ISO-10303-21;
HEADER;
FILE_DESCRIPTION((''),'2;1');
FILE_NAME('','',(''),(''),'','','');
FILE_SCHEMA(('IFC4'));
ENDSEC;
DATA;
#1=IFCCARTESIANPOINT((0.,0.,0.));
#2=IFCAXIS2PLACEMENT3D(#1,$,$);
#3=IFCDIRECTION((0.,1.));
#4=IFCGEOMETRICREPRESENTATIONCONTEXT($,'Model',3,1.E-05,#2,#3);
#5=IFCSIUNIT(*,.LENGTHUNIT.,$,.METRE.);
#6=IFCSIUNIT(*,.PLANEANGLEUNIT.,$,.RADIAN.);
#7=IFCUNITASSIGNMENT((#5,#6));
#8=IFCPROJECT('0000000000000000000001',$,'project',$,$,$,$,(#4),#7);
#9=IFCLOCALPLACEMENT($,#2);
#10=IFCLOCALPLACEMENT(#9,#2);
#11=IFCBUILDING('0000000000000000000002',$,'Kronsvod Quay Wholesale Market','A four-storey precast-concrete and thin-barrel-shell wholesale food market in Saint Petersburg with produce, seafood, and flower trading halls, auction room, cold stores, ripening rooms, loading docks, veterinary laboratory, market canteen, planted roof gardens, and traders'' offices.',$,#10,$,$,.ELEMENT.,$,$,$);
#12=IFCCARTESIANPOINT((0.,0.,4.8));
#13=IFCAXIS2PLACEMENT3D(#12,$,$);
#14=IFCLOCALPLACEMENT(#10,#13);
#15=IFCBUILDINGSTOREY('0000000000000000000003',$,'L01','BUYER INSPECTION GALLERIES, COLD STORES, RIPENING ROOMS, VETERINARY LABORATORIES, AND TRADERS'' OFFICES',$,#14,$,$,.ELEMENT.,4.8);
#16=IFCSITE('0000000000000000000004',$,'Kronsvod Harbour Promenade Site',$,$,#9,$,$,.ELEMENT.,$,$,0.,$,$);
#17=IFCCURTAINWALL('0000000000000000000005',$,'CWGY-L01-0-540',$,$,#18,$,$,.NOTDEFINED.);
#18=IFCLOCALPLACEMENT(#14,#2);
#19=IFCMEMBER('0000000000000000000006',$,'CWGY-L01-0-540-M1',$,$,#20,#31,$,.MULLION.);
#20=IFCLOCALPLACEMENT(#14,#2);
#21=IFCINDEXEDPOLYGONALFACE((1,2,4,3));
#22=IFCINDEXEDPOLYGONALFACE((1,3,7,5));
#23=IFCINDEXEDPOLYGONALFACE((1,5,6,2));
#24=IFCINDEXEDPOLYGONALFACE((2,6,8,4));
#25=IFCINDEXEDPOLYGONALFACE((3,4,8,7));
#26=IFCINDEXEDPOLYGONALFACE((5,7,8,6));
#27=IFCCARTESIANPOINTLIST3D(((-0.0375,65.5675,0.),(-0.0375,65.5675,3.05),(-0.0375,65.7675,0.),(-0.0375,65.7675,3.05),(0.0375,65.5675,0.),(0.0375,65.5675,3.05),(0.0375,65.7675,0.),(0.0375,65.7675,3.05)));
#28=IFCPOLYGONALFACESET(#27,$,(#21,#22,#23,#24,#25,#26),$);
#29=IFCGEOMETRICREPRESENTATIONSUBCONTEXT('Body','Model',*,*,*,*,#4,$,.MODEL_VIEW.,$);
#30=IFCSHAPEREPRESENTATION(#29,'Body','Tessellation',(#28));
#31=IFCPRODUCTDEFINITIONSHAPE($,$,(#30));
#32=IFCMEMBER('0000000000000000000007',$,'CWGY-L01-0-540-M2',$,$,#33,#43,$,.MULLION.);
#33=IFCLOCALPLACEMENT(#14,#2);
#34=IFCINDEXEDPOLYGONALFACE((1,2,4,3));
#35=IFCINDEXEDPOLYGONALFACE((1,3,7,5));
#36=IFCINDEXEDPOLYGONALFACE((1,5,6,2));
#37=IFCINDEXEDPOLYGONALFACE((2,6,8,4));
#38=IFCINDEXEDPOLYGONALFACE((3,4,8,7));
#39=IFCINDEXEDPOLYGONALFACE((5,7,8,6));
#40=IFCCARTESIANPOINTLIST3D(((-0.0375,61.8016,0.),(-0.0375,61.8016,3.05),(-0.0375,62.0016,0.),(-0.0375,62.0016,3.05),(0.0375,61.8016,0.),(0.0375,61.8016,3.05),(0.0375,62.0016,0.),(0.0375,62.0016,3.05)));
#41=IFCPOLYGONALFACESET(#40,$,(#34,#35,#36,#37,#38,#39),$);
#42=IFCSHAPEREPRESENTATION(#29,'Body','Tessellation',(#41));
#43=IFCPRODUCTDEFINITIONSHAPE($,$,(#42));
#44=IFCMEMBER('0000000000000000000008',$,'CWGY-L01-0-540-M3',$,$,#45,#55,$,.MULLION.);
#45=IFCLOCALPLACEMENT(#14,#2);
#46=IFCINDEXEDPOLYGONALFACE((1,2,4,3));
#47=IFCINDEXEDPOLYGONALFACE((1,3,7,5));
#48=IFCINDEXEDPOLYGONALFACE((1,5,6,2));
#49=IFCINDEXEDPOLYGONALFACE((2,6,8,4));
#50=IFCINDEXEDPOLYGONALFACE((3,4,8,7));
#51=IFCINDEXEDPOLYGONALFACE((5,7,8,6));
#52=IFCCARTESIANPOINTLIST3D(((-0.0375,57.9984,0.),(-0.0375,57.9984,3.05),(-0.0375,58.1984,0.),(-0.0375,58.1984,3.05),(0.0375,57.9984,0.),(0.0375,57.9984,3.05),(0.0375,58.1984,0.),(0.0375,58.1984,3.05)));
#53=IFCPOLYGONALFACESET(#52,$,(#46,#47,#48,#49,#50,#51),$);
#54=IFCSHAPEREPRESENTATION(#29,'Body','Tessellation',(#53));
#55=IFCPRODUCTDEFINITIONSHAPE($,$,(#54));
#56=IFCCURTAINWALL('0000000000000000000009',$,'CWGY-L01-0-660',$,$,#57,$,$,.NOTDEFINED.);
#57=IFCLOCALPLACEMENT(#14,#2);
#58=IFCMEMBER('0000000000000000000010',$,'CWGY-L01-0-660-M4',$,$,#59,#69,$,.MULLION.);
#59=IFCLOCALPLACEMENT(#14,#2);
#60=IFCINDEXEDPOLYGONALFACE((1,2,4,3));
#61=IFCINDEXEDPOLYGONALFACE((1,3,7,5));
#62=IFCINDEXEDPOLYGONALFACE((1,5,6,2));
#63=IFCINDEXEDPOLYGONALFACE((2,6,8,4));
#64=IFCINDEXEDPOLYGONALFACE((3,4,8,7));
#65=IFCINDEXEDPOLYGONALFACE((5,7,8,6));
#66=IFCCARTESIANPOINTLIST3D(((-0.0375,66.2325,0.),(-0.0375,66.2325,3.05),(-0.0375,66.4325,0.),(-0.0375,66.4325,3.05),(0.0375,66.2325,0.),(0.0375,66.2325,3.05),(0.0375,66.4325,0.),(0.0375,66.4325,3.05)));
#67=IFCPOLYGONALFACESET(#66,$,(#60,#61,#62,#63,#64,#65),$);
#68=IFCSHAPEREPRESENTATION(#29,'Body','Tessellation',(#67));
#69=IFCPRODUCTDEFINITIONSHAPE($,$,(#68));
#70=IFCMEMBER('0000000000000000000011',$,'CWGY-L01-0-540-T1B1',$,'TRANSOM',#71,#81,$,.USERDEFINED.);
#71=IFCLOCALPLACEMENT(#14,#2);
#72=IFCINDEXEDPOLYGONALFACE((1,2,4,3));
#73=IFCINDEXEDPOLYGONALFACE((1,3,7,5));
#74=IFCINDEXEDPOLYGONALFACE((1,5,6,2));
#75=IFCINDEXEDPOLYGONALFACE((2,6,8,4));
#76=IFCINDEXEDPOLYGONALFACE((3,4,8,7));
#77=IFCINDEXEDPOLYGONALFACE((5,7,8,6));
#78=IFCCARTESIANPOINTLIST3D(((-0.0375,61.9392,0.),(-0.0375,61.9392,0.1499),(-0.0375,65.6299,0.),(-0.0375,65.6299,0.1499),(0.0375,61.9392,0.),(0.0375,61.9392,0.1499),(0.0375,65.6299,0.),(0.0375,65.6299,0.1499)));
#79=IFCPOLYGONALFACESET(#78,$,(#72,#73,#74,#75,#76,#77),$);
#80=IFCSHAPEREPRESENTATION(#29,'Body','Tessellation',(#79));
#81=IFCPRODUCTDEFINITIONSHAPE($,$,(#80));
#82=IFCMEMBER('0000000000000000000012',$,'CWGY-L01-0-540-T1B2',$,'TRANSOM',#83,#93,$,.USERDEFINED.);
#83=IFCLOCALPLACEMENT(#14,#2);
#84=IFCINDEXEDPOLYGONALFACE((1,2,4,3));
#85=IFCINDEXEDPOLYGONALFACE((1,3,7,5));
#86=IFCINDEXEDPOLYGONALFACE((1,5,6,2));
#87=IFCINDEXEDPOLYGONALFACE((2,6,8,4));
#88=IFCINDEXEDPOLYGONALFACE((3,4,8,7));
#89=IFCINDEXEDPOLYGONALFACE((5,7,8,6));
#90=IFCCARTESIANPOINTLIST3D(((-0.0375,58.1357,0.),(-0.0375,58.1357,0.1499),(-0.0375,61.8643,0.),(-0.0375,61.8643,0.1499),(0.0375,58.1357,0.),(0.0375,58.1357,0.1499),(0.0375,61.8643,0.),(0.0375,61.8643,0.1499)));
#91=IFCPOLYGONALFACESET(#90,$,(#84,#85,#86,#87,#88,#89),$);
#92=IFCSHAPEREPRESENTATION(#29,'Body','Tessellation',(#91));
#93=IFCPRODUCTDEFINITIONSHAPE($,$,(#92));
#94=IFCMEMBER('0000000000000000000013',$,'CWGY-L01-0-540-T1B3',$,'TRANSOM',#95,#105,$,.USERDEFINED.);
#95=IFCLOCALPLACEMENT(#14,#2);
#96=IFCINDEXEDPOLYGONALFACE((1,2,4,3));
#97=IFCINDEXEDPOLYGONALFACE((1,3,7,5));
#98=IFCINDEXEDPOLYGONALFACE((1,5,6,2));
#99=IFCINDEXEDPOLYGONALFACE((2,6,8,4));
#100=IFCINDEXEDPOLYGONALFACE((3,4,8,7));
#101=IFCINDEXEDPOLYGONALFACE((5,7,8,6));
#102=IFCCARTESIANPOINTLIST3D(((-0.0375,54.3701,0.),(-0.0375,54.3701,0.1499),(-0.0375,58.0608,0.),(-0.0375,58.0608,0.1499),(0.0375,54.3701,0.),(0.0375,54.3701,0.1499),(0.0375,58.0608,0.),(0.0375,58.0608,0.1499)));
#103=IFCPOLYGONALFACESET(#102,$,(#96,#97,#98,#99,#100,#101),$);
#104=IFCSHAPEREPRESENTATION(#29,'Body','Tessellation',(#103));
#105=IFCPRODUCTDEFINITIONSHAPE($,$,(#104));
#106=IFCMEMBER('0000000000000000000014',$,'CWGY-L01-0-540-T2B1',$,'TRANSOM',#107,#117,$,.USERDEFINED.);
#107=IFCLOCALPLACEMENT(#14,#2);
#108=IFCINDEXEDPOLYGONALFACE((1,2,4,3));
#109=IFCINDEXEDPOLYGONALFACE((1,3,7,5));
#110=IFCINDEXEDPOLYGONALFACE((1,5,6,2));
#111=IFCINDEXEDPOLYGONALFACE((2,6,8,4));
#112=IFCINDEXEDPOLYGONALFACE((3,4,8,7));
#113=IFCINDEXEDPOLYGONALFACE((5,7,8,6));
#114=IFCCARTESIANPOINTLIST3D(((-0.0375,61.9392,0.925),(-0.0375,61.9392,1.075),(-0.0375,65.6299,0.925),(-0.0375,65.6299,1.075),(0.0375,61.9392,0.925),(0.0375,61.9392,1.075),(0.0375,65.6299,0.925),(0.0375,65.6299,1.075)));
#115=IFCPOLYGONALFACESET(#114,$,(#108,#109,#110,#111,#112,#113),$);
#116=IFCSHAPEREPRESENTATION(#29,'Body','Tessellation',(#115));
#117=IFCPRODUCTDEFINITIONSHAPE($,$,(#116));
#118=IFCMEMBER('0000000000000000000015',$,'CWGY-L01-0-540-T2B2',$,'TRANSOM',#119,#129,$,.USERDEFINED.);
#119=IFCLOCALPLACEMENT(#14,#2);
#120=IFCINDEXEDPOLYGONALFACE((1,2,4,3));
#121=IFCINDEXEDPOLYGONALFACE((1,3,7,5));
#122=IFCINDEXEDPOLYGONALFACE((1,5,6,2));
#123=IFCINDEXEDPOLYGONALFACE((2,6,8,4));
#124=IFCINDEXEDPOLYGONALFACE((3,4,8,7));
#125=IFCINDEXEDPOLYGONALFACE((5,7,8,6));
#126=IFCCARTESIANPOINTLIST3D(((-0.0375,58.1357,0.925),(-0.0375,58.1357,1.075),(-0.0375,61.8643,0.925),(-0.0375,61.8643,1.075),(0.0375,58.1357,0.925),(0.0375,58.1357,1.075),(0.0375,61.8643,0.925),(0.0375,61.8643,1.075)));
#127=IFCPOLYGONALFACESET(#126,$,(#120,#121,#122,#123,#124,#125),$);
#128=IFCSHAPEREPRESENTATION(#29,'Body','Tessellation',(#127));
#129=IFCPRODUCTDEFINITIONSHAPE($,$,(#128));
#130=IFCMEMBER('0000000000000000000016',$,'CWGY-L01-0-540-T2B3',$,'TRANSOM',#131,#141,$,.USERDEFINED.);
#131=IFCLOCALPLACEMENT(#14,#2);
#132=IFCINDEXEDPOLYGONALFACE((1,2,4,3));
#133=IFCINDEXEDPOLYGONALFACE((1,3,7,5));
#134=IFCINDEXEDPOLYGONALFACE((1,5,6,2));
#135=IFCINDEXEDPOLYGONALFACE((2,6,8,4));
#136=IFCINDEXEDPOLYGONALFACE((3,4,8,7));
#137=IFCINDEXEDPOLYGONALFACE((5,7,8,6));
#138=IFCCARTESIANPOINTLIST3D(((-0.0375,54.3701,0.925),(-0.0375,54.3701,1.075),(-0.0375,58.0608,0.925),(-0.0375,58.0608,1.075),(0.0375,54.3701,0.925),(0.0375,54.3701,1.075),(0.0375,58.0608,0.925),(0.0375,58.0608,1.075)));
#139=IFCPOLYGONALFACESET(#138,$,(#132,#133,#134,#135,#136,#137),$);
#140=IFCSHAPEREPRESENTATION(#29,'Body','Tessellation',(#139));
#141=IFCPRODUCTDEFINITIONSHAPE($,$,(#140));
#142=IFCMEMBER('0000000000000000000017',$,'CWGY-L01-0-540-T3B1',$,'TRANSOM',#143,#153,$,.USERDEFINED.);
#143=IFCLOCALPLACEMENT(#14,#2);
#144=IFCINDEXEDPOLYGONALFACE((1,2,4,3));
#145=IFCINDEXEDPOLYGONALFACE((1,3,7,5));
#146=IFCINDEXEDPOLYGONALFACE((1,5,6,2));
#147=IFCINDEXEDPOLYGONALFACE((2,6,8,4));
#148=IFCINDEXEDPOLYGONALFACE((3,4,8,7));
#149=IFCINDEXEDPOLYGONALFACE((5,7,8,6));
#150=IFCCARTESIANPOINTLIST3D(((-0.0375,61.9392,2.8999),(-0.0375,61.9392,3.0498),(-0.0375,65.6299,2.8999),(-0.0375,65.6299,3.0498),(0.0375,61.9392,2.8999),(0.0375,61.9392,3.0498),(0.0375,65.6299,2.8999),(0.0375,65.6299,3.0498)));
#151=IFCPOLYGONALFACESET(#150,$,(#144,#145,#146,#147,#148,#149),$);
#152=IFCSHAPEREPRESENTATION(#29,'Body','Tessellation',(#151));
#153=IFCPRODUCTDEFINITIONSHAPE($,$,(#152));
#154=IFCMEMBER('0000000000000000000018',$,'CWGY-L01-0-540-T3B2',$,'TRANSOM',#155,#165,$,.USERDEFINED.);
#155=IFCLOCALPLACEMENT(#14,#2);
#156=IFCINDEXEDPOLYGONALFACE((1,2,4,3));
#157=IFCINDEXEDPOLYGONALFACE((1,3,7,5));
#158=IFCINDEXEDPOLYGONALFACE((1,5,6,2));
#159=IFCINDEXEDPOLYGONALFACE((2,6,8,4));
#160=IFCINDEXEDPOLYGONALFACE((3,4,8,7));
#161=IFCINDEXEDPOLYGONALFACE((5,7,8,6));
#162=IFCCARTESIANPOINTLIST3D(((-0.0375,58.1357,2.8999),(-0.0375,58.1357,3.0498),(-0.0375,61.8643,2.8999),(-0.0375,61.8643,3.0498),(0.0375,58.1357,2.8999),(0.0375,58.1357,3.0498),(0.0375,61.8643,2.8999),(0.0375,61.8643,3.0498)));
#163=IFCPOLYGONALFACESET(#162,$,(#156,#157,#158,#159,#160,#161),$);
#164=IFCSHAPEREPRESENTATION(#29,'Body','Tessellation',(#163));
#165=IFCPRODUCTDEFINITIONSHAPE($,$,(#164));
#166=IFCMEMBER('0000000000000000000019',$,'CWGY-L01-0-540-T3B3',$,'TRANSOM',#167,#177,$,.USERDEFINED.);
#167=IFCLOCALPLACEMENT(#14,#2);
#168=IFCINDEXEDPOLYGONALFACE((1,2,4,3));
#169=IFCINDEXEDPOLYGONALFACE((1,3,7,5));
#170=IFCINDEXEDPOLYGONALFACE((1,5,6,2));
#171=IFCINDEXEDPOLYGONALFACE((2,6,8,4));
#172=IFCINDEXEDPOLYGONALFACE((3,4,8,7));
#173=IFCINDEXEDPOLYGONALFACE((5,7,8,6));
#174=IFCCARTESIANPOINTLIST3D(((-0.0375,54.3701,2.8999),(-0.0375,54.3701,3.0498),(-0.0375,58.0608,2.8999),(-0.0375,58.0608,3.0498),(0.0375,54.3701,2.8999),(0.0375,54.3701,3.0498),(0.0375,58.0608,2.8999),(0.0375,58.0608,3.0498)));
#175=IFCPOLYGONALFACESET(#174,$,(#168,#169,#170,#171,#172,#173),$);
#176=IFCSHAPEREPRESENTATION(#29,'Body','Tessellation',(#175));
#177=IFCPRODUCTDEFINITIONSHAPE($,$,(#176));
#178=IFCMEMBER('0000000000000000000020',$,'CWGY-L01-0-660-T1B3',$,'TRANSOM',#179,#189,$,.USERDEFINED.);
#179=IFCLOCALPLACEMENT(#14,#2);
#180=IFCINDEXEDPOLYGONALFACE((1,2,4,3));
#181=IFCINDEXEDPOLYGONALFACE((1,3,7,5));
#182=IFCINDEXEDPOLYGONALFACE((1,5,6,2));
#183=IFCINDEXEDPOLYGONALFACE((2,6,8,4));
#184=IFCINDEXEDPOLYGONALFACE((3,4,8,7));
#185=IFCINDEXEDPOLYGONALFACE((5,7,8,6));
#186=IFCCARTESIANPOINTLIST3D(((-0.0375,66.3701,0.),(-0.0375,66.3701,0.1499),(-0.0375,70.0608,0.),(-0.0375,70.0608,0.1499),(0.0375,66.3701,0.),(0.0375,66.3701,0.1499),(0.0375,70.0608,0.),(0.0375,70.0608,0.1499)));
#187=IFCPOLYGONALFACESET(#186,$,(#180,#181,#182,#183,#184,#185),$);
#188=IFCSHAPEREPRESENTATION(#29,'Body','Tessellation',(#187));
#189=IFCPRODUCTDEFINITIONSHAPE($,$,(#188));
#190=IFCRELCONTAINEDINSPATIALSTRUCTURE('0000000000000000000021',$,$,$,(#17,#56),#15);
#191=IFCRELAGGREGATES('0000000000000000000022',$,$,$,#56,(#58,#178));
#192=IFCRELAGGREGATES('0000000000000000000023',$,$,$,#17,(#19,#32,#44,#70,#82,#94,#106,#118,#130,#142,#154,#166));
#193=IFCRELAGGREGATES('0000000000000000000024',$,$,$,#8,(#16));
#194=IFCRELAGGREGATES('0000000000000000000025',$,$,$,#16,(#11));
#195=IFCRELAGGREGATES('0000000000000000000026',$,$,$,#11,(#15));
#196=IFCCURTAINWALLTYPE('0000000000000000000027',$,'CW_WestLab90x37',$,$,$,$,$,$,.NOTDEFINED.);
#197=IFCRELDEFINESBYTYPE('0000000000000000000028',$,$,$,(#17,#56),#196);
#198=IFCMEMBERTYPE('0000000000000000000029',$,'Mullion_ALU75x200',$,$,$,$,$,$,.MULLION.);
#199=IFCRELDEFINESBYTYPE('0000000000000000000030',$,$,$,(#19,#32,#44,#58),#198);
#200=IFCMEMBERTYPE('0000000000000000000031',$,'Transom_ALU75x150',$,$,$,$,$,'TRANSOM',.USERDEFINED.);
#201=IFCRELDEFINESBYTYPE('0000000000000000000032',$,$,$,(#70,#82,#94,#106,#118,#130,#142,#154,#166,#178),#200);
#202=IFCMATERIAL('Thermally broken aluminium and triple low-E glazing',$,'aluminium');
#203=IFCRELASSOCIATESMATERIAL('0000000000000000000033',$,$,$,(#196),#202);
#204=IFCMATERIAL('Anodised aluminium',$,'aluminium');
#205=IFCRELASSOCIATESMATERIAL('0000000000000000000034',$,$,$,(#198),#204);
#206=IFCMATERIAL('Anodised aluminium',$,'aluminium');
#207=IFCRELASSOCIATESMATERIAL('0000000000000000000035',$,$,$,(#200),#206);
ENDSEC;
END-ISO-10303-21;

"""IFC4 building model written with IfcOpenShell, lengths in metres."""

from ifc_helpers import new_model, si_unit, direction, frame, origin, origin_2d, place, context, subcontext, project, spatial, rectangle, extrude, material, material_profile, profile_set, type_object, element, aggregate, save


model = new_model("IFC4")

# Units and contexts
model_context = context("Model", 3, precision=1e-05, world=origin(), true_north=direction((0.0, 1.0)))
body_context = subcontext(model_context, "Body", "Model", "MODEL_VIEW")
ifc_project = project(units=[si_unit("LENGTHUNIT", "METRE"), si_unit("PLANEANGLEUNIT", "RADIAN")], contexts=[model_context])

# Site, building, storey
site_placement = place(None, origin())
site = spatial("IfcSite", under=ifc_project, at=site_placement, Name="Kronsvod Harbour Promenade Site", CompositionType="ELEMENT", RefElevation=0.0)
building_placement = place(site_placement, origin())
building = spatial("IfcBuilding", under=site, at=building_placement, Name="Kronsvod Quay Wholesale Market", Description="A four-storey precast-concrete and thin-barrel-shell wholesale food market in Saint Petersburg with produce, seafood, and flower trading halls, auction room, cold stores, ripening rooms, loading docks, veterinary laboratory, market canteen, planted roof gardens, and traders' offices.", CompositionType="ELEMENT")
storey_placement = place(building_placement, frame((0.0, 0.0, 4.8)))
storey = spatial("IfcBuildingStorey", under=building, at=storey_placement, Name="L01", Description="BUYER INSPECTION GALLERIES, COLD STORES, RIPENING ROOMS, VETERINARY LABORATORIES, AND TRADERS' OFFICES", CompositionType="ELEMENT", Elevation=4.8)

# Curtain wall, members
ifc_material_1 = material(Name="Thermally broken aluminium and triple low-E glazing", Category="aluminium")
curtain_wall_type = type_object("IfcCurtainWallType", Name="CW_WestLab90x37", PredefinedType="NOTDEFINED", material=ifc_material_1)
curtain_wall_1_placement = place(storey_placement, origin())
curtain_wall_1 = element("IfcCurtainWall", 1, at=curtain_wall_1_placement, inside=storey, type_object=curtain_wall_type, Name="CWGY-L01-0-540", PredefinedType="NOTDEFINED")
ifc_material_2 = material(Name="Anodised aluminium", Category="aluminium")
ifc_material_profile_1 = material_profile(ifc_material_2, rectangle(XDim=0.075, YDim=0.2, at=origin_2d()), Name="ALUM75x200")
ifc_profile_set_1 = profile_set([ifc_material_profile_1], Name="Anodised aluminium")
member_type_1 = type_object("IfcMemberType", Name="Mullion_ALU75x200", PredefinedType="MULLION", material=ifc_profile_set_1)
member_1_placement = place(storey_placement, frame((0.0, 65.6675, 0.0), z_axis=(0.0, 0.0, 1.0), x_axis=(1.0, 0.0, 0.0)))
member_1 = element("IfcMember", 2, at=member_1_placement, type_object=member_type_1, Name="CWGY-L01-0-540-M1", PredefinedType="MULLION", context=body_context, shape_type="SweptSolid", body=[
    extrude(rectangle(XDim=0.075, YDim=0.2, at=origin_2d()), origin(), (0.0, 0.0, 1.0), 3.05),
])
member_2_placement = place(storey_placement, frame((0.0, 61.9016, 0.0), z_axis=(0.0, 0.0, 1.0), x_axis=(1.0, 0.0, 0.0)))
member_2 = element("IfcMember", 3, at=member_2_placement, type_object=member_type_1, Name="CWGY-L01-0-540-M2", PredefinedType="MULLION", context=body_context, shape_type="SweptSolid", body=[
    extrude(rectangle(XDim=0.075, YDim=0.2, at=origin_2d()), origin(), (0.0, 0.0, 1.0), 3.05),
])
member_3_placement = place(storey_placement, frame((0.0, 58.0984, 0.0), z_axis=(0.0, 0.0, 1.0), x_axis=(1.0, 0.0, 0.0)))
member_3 = element("IfcMember", 4, at=member_3_placement, type_object=member_type_1, Name="CWGY-L01-0-540-M3", PredefinedType="MULLION", context=body_context, shape_type="SweptSolid", body=[
    extrude(rectangle(XDim=0.075, YDim=0.2, at=origin_2d()), origin(), (0.0, 0.0, 1.0), 3.05),
])

# Curtain wall, member
curtain_wall_2_placement = place(storey_placement, origin())
curtain_wall_2 = element("IfcCurtainWall", 5, at=curtain_wall_2_placement, inside=storey, type_object=curtain_wall_type, Name="CWGY-L01-0-660", PredefinedType="NOTDEFINED")
member_4_placement = place(storey_placement, frame((0.0, 66.3325, 0.0), z_axis=(0.0, 0.0, 1.0), x_axis=(1.0, 0.0, 0.0)))
member_4 = element("IfcMember", 6, at=member_4_placement, type_object=member_type_1, Name="CWGY-L01-0-660-M4", PredefinedType="MULLION", context=body_context, shape_type="SweptSolid", body=[
    extrude(rectangle(XDim=0.075, YDim=0.2, at=origin_2d()), origin(), (0.0, 0.0, 1.0), 3.05),
])

# Members
ifc_material_3 = material(Name="Anodised aluminium", Category="aluminium")
ifc_material_profile_2 = material_profile(ifc_material_3, rectangle(XDim=0.075, YDim=0.1499, at=origin_2d()), Name="ALUT75x150")
ifc_profile_set_2 = profile_set([ifc_material_profile_2], Name="Anodised aluminium")
member_type_2 = type_object("IfcMemberType", Name="Transom_ALU75x150", ElementType="TRANSOM", PredefinedType="USERDEFINED", material=ifc_profile_set_2)
member_5_placement = place(storey_placement, frame((0.0, 65.6299, 0.075), z_axis=(0.0, -1.0, 0.0), x_axis=(1.0, 0.0, 0.0)))
member_5 = element("IfcMember", 7, at=member_5_placement, type_object=member_type_2, Name="CWGY-L01-0-540-T1B1", ObjectType="TRANSOM", PredefinedType="USERDEFINED", context=body_context, shape_type="SweptSolid", body=[
    extrude(rectangle(XDim=0.075, YDim=0.1499, at=origin_2d()), origin(), (0.0, 0.0, 1.0), 3.6907),
])
member_6_placement = place(storey_placement, frame((0.0, 61.8643, 0.075), z_axis=(0.0, -1.0, 0.0), x_axis=(1.0, 0.0, 0.0)))
member_6 = element("IfcMember", 8, at=member_6_placement, type_object=member_type_2, Name="CWGY-L01-0-540-T1B2", ObjectType="TRANSOM", PredefinedType="USERDEFINED", context=body_context, shape_type="SweptSolid", body=[
    extrude(rectangle(XDim=0.075, YDim=0.1499, at=origin_2d()), origin(), (0.0, 0.0, 1.0), 3.7285),
])
member_7_placement = place(storey_placement, frame((0.0, 58.0608, 0.075), z_axis=(0.0, -1.0, 0.0), x_axis=(1.0, 0.0, 0.0)))
member_7 = element("IfcMember", 9, at=member_7_placement, type_object=member_type_2, Name="CWGY-L01-0-540-T1B3", ObjectType="TRANSOM", PredefinedType="USERDEFINED", context=body_context, shape_type="SweptSolid", body=[
    extrude(rectangle(XDim=0.075, YDim=0.1499, at=origin_2d()), origin(), (0.0, 0.0, 1.0), 3.6907),
])
member_8_placement = place(storey_placement, frame((0.0, 65.6299, 1.0), z_axis=(0.0, -1.0, 0.0), x_axis=(1.0, 0.0, 0.0)))
member_8 = element("IfcMember", 10, at=member_8_placement, type_object=member_type_2, Name="CWGY-L01-0-540-T2B1", ObjectType="TRANSOM", PredefinedType="USERDEFINED", context=body_context, shape_type="SweptSolid", body=[
    extrude(rectangle(XDim=0.075, YDim=0.1499, at=origin_2d()), origin(), (0.0, 0.0, 1.0), 3.6907),
])
member_9_placement = place(storey_placement, frame((0.0, 61.8643, 1.0), z_axis=(0.0, -1.0, 0.0), x_axis=(1.0, 0.0, 0.0)))
member_9 = element("IfcMember", 11, at=member_9_placement, type_object=member_type_2, Name="CWGY-L01-0-540-T2B2", ObjectType="TRANSOM", PredefinedType="USERDEFINED", context=body_context, shape_type="SweptSolid", body=[
    extrude(rectangle(XDim=0.075, YDim=0.1499, at=origin_2d()), origin(), (0.0, 0.0, 1.0), 3.7285),
])
member_10_placement = place(storey_placement, frame((0.0, 58.0608, 1.0), z_axis=(0.0, -1.0, 0.0), x_axis=(1.0, 0.0, 0.0)))
member_10 = element("IfcMember", 12, at=member_10_placement, type_object=member_type_2, Name="CWGY-L01-0-540-T2B3", ObjectType="TRANSOM", PredefinedType="USERDEFINED", context=body_context, shape_type="SweptSolid", body=[
    extrude(rectangle(XDim=0.075, YDim=0.1499, at=origin_2d()), origin(), (0.0, 0.0, 1.0), 3.6907),
])
member_11_placement = place(storey_placement, frame((0.0, 65.6299, 2.9749), z_axis=(0.0, -1.0, 0.0), x_axis=(1.0, 0.0, 0.0)))
member_11 = element("IfcMember", 13, at=member_11_placement, type_object=member_type_2, Name="CWGY-L01-0-540-T3B1", ObjectType="TRANSOM", PredefinedType="USERDEFINED", context=body_context, shape_type="SweptSolid", body=[
    extrude(rectangle(XDim=0.075, YDim=0.1499, at=origin_2d()), origin(), (0.0, 0.0, 1.0), 3.6907),
])
member_12_placement = place(storey_placement, frame((0.0, 61.8643, 2.9749), z_axis=(0.0, -1.0, 0.0), x_axis=(1.0, 0.0, 0.0)))
member_12 = element("IfcMember", 14, at=member_12_placement, type_object=member_type_2, Name="CWGY-L01-0-540-T3B2", ObjectType="TRANSOM", PredefinedType="USERDEFINED", context=body_context, shape_type="SweptSolid", body=[
    extrude(rectangle(XDim=0.075, YDim=0.1499, at=origin_2d()), origin(), (0.0, 0.0, 1.0), 3.7285),
])
member_13_placement = place(storey_placement, frame((0.0, 58.0608, 2.9749), z_axis=(0.0, -1.0, 0.0), x_axis=(1.0, 0.0, 0.0)))
member_13 = element("IfcMember", 15, at=member_13_placement, type_object=member_type_2, Name="CWGY-L01-0-540-T3B3", ObjectType="TRANSOM", PredefinedType="USERDEFINED", context=body_context, shape_type="SweptSolid", body=[
    extrude(rectangle(XDim=0.075, YDim=0.1499, at=origin_2d()), origin(), (0.0, 0.0, 1.0), 3.6907),
])
member_14_placement = place(storey_placement, frame((0.0, 70.0608, 0.075), z_axis=(0.0, -1.0, 0.0), x_axis=(1.0, 0.0, 0.0)))
member_14 = element("IfcMember", 16, at=member_14_placement, type_object=member_type_2, Name="CWGY-L01-0-660-T1B3", ObjectType="TRANSOM", PredefinedType="USERDEFINED", context=body_context, shape_type="SweptSolid", body=[
    extrude(rectangle(XDim=0.075, YDim=0.1499, at=origin_2d()), origin(), (0.0, 0.0, 1.0), 3.6907),
])

aggregate(curtain_wall_2, [member_4, member_14])
aggregate(curtain_wall_1, [member_1, member_2, member_3, member_5, member_6, member_7, member_8, member_9, member_10, member_11, member_12, member_13])

save(model, "model.ifc")
